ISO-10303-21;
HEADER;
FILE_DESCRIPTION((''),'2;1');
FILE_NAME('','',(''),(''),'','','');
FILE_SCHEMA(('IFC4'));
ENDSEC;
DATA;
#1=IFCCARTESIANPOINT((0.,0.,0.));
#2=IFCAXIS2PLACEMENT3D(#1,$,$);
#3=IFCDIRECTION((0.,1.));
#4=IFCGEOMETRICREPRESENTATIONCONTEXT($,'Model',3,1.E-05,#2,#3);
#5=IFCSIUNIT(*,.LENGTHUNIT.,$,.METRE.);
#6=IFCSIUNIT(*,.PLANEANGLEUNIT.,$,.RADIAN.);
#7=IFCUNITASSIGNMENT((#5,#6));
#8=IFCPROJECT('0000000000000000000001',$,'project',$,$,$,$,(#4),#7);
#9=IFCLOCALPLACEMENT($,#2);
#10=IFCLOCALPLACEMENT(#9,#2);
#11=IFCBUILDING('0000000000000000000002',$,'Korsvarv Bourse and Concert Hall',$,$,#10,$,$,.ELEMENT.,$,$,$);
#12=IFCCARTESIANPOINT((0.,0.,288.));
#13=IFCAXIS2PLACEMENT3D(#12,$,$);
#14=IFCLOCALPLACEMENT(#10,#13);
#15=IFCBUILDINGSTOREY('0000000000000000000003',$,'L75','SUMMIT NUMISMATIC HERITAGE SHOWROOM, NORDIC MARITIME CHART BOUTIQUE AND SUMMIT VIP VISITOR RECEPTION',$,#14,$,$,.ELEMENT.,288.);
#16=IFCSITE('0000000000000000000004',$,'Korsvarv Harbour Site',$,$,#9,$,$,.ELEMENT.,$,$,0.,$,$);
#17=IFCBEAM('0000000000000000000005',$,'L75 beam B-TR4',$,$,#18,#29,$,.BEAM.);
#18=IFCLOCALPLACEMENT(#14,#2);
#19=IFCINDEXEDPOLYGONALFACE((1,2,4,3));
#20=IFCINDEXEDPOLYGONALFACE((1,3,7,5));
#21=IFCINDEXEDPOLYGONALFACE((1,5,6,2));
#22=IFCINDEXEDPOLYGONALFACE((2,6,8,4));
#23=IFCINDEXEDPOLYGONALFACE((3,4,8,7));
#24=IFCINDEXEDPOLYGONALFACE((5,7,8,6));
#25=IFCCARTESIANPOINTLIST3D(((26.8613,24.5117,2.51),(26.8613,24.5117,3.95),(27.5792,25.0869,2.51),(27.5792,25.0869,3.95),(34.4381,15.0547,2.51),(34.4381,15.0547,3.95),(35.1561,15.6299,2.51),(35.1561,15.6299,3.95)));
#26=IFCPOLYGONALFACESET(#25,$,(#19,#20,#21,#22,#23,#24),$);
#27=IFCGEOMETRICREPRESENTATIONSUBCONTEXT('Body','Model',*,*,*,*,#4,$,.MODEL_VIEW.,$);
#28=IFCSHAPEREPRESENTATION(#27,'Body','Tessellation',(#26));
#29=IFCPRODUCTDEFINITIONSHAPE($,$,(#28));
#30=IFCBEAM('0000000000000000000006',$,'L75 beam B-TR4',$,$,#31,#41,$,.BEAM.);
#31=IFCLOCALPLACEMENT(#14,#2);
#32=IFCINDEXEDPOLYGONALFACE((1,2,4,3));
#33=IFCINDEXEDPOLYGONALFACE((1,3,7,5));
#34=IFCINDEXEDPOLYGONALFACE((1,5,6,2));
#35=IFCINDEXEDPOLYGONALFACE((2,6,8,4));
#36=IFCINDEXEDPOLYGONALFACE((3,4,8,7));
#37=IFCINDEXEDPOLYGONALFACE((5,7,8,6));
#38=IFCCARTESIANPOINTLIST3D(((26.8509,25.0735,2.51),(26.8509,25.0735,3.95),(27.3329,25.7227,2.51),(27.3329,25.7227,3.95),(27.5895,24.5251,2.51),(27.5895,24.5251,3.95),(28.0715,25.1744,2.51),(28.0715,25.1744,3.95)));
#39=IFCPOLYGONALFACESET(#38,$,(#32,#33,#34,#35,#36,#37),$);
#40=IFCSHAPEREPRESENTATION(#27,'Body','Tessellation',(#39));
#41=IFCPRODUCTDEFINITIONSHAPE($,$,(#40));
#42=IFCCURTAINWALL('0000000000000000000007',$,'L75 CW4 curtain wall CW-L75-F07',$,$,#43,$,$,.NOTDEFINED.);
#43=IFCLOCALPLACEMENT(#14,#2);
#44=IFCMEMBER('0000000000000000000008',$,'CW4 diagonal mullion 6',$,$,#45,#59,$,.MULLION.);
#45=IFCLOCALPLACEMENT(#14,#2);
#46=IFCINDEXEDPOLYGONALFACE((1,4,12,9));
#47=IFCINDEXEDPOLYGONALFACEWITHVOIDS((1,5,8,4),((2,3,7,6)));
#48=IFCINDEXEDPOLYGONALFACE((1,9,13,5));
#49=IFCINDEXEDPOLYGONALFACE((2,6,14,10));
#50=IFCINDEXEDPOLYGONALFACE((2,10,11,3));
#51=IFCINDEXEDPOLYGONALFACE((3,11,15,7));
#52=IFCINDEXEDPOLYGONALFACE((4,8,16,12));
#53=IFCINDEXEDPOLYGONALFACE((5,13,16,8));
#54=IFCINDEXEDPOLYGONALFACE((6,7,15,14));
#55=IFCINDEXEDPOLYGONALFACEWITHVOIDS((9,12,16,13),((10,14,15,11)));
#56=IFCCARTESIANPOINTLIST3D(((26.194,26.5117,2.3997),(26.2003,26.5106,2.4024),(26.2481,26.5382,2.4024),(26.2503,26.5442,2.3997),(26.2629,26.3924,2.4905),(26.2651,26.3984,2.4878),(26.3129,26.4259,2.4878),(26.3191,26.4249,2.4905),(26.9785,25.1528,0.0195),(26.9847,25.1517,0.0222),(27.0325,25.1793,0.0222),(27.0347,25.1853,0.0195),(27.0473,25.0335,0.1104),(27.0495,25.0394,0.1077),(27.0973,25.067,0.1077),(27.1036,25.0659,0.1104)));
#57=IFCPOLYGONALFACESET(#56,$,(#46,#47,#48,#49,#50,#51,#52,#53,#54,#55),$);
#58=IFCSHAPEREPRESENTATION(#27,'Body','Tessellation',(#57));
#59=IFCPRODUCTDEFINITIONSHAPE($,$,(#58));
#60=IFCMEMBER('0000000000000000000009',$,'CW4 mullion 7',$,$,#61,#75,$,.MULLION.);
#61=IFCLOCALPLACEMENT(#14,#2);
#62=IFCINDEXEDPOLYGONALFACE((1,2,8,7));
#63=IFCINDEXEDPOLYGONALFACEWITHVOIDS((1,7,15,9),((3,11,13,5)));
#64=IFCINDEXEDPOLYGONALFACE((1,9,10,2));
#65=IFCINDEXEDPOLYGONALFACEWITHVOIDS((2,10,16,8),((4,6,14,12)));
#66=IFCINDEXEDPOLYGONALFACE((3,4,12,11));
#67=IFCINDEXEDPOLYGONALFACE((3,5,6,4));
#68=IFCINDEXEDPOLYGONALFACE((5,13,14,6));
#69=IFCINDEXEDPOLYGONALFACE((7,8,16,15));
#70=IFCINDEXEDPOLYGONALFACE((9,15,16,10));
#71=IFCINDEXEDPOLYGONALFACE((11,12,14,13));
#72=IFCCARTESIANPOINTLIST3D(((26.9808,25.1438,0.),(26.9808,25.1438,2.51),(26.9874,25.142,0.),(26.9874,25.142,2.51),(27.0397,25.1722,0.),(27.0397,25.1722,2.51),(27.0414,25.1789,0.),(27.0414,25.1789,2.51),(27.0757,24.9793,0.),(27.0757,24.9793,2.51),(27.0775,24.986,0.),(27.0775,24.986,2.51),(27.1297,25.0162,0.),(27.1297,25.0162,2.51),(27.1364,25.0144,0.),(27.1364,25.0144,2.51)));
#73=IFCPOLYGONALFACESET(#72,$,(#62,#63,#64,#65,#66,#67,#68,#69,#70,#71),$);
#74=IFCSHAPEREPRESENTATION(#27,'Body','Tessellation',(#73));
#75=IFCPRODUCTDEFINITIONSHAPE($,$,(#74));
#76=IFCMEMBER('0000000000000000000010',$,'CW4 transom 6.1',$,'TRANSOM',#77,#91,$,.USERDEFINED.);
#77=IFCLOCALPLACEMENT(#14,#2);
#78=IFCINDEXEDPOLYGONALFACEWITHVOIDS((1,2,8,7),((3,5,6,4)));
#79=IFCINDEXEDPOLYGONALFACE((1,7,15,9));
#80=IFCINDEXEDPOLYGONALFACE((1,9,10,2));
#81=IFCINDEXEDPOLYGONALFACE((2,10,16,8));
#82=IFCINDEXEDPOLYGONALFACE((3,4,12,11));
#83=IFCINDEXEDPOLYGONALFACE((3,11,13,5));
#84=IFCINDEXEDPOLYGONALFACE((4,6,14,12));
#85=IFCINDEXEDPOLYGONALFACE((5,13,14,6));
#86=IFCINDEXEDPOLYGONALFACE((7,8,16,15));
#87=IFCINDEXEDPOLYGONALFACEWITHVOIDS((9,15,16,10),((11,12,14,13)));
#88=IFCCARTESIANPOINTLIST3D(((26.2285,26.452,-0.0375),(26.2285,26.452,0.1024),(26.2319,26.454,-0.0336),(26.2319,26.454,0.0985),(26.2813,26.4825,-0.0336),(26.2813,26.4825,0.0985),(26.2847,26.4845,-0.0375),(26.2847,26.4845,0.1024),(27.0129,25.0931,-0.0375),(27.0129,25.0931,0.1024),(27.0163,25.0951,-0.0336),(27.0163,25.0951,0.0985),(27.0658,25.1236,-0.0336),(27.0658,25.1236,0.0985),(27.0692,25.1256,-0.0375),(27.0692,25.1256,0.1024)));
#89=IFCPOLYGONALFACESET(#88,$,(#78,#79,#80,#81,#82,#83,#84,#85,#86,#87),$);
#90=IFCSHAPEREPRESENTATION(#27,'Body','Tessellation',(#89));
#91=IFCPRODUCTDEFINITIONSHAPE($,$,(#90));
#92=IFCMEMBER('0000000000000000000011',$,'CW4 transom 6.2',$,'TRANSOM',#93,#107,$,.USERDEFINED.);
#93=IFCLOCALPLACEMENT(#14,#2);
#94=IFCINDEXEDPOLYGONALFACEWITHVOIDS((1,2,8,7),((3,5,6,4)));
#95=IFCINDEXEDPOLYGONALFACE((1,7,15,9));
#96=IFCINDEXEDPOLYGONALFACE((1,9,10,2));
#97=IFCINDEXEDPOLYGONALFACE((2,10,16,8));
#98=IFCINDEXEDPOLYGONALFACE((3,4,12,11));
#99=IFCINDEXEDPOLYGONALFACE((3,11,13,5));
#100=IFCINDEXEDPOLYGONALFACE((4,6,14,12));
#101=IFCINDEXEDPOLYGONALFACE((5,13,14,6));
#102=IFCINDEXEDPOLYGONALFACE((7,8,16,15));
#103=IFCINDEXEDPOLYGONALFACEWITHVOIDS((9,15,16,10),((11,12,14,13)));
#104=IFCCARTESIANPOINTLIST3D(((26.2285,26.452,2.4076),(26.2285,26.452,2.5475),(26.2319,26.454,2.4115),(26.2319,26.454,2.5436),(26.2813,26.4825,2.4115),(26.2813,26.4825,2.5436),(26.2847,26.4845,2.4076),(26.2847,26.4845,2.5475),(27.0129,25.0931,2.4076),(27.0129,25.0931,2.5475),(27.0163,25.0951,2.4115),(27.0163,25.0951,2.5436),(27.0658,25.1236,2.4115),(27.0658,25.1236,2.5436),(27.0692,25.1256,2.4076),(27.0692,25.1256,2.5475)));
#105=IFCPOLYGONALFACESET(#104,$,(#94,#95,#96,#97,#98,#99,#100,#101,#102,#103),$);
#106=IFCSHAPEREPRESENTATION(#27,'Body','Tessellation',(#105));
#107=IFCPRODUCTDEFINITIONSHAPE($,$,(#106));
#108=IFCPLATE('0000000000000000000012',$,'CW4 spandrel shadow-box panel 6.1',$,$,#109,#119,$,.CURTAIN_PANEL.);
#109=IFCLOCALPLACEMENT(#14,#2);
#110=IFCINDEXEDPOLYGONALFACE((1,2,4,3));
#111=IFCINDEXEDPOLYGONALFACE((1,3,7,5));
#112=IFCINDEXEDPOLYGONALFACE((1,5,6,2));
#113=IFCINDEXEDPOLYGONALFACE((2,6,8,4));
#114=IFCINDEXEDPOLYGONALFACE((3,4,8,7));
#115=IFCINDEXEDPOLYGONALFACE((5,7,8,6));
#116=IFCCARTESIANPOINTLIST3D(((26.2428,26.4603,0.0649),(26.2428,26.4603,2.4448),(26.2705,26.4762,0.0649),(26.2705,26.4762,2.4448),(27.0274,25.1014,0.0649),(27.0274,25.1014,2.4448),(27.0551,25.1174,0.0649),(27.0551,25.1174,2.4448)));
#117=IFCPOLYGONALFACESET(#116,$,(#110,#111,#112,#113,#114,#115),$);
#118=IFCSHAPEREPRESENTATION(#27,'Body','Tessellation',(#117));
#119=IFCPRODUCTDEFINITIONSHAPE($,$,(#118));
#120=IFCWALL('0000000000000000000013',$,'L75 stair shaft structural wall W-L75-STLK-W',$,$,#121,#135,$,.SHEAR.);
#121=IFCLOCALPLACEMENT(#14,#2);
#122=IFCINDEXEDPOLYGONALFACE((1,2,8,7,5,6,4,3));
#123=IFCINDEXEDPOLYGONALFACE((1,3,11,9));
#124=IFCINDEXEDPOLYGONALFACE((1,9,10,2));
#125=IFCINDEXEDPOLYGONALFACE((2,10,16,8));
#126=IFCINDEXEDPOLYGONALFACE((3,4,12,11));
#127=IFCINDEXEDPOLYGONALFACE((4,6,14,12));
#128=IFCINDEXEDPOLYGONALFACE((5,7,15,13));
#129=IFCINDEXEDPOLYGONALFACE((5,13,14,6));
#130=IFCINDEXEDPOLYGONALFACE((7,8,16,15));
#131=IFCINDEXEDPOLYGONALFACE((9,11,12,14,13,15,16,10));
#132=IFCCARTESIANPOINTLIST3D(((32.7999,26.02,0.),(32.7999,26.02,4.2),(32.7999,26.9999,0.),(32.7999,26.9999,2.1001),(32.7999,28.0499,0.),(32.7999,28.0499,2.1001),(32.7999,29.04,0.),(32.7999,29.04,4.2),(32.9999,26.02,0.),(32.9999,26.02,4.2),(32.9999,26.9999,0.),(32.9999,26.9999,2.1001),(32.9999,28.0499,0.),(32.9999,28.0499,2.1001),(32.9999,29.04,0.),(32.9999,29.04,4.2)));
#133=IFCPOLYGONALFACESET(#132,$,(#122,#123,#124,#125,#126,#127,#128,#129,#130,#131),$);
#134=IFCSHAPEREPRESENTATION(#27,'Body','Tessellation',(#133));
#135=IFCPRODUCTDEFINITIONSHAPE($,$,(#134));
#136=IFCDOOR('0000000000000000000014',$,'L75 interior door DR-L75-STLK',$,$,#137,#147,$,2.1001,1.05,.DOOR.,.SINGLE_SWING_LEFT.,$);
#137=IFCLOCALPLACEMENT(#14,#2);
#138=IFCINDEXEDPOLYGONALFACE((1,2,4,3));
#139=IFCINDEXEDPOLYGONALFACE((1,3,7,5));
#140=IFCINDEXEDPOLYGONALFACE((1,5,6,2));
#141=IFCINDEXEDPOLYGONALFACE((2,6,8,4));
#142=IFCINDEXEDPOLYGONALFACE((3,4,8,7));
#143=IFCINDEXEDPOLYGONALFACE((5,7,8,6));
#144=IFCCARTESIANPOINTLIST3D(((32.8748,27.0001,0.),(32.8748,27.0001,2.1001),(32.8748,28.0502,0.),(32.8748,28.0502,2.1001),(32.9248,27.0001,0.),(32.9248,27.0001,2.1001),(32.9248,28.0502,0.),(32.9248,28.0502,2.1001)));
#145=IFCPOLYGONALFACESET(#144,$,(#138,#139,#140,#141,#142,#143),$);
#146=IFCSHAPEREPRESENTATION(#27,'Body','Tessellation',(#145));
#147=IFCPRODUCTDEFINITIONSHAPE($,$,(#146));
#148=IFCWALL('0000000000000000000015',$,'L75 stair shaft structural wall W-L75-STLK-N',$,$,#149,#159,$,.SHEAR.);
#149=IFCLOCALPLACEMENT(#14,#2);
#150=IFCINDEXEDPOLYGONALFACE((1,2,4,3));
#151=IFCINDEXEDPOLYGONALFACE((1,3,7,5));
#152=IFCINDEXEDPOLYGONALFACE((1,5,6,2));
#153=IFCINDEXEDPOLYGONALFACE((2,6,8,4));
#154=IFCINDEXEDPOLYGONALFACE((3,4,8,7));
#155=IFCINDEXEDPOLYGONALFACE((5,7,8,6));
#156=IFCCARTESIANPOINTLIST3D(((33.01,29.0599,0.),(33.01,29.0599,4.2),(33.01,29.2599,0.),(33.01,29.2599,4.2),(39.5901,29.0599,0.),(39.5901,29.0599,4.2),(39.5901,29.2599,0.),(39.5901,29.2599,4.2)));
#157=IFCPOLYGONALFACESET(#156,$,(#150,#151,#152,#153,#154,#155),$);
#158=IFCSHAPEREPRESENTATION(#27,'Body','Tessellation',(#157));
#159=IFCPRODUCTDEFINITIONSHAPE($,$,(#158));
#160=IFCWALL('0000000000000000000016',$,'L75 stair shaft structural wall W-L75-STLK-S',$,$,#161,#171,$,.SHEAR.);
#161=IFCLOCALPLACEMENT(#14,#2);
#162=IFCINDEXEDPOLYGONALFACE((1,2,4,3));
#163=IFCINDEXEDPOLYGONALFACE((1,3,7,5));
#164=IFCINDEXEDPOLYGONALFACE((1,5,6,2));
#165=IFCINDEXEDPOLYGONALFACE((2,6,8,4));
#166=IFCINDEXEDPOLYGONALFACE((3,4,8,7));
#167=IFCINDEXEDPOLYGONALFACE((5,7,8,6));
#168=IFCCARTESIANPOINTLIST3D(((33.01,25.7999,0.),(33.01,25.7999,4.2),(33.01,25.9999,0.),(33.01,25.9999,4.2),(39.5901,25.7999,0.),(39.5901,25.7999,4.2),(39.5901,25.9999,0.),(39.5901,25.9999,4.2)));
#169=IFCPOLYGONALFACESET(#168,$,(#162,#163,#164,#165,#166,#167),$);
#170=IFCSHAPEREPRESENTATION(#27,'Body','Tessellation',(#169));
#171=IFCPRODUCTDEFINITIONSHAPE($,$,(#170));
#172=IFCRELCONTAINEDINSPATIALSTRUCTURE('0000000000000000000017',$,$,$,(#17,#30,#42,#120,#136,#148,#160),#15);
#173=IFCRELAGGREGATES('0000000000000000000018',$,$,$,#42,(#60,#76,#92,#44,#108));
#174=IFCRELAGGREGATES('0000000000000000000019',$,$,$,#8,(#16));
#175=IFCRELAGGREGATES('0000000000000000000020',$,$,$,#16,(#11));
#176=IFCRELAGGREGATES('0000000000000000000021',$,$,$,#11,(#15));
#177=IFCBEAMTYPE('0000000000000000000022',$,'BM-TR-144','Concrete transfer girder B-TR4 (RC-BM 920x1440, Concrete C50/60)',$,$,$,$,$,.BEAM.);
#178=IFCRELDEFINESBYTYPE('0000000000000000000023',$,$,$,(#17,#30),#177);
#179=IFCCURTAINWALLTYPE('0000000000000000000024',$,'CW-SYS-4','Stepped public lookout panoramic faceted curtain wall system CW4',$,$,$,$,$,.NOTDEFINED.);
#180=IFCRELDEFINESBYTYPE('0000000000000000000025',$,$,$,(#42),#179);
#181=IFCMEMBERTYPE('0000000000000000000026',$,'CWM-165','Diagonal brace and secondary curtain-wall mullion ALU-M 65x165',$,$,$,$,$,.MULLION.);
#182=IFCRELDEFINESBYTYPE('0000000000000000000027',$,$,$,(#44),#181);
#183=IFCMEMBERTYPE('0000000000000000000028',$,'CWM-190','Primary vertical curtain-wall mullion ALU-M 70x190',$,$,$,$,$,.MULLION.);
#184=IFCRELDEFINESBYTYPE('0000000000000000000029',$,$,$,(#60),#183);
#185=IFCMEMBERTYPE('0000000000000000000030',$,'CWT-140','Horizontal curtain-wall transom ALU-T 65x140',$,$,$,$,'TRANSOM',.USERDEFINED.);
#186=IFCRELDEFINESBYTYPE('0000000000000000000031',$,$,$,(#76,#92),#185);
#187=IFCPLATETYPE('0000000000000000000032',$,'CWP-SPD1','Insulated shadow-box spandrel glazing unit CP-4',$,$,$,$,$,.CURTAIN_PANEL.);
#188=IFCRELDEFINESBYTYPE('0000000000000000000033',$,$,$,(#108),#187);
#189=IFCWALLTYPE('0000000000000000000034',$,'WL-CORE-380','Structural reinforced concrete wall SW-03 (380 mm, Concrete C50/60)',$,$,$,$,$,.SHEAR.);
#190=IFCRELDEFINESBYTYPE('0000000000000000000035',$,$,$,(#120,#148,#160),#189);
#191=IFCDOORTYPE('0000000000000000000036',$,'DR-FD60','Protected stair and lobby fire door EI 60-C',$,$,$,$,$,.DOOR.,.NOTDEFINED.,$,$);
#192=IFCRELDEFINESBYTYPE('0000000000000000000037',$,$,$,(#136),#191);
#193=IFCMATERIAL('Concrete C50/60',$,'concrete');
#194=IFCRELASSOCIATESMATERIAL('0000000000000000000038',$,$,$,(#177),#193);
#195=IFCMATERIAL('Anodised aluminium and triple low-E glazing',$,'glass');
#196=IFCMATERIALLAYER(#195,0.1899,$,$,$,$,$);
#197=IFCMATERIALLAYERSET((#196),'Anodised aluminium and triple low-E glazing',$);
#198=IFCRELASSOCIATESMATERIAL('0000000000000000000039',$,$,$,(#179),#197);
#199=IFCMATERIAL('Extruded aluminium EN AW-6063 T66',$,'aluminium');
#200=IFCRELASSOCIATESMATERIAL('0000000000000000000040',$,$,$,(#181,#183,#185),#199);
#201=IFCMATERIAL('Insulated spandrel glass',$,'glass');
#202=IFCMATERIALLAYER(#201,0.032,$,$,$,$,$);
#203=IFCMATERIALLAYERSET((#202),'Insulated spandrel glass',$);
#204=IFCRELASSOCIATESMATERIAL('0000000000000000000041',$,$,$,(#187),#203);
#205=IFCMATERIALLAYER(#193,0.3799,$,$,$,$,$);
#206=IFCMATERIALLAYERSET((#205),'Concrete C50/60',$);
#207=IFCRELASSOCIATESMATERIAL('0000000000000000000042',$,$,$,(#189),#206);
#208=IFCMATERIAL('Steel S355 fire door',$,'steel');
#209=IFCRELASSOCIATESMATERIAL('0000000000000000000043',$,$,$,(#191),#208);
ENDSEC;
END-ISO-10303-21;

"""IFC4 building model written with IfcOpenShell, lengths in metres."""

from ifc_helpers import new_model, si_unit, direction, frame, frame_2d, origin, origin_2d, place, context, subcontext, project, spatial, rectangle, hollow_rectangle, extrude, source, transform, mapped, material, layer, layer_set, material_profile, profile_set, type_object, element, fill, aggregate, save


model = new_model("IFC4")

# Units and contexts
model_context = context("Model", 3, precision=1e-05, world=origin(), true_north=direction((0.0, 1.0)))
body_context = subcontext(model_context, "Body", "Model", "MODEL_VIEW")
ifc_project = project(units=[si_unit("LENGTHUNIT", "METRE"), si_unit("PLANEANGLEUNIT", "RADIAN")], contexts=[model_context])

# Site, building, storey
site_placement = place(None, origin())
site = spatial("IfcSite", under=ifc_project, at=site_placement, Name="Korsvarv Harbour Site", CompositionType="ELEMENT", RefElevation=0.0)
building_placement = place(site_placement, origin())
building = spatial("IfcBuilding", under=site, at=building_placement, Name="Korsvarv Bourse and Concert Hall", CompositionType="ELEMENT")
storey_placement = place(building_placement, frame((0.0, 0.0, 288.0)))
storey = spatial("IfcBuildingStorey", under=building, at=storey_placement, Name="L75", Description="SUMMIT NUMISMATIC HERITAGE SHOWROOM, NORDIC MARITIME CHART BOUTIQUE AND SUMMIT VIP VISITOR RECEPTION", CompositionType="ELEMENT", Elevation=288.0)

# Beams
ifc_material_1 = material(Name="Concrete C50/60", Category="concrete")
ifc_material_profile_1 = material_profile(ifc_material_1, rectangle(XDim=0.9199, YDim=1.4399, at=origin_2d()), Name="RC-BM 920x1440")
ifc_profile_set_1 = profile_set([ifc_material_profile_1], Name="Concrete C50/60")
beam_type = type_object("IfcBeamType", Name="BM-TR-144", Description="Concrete transfer girder B-TR4 (RC-BM 920x1440, Concrete C50/60)", PredefinedType="BEAM", material=ifc_profile_set_1)
shared_shape_1 = source(origin(), body_context, "Body", "SweptSolid", [
    extrude(rectangle(XDim=0.9199, YDim=1.4399, at=origin_2d()), origin(), (0.0, 0.0, 1.0), 12.1179),
])
beam_1_placement = place(storey_placement, frame((27.2202, 24.7993, 3.23), z_axis=(0.625262, -0.780415, 0.0), x_axis=(0.780415, 0.625262, 0.0)))
element("IfcBeam", 1, at=beam_1_placement, inside=storey, type_object=beam_type, Name="L75 beam B-TR4", PredefinedType="BEAM", context=body_context, shape_type="MappedRepresentation", body=[
    mapped(shared_shape_1, transform((0.0, 0.0, 0.0), scale=1.0)),
])
shared_shape_2 = source(origin(), body_context, "Body", "SweptSolid", [
    extrude(rectangle(XDim=0.9199, YDim=1.4399, at=origin_2d()), origin(), (0.0, 0.0, 1.0), 0.8086),
])
beam_2_placement = place(storey_placement, frame((27.2202, 24.7993, 3.23), z_axis=(0.596079, 0.802926, 0.0), x_axis=(-0.802926, 0.596079, 0.0)))
element("IfcBeam", 2, at=beam_2_placement, inside=storey, type_object=beam_type, Name="L75 beam B-TR4", PredefinedType="BEAM", context=body_context, shape_type="MappedRepresentation", body=[
    mapped(shared_shape_2, transform((0.0, 0.0, 0.0), scale=1.0)),
])

# Curtain wall, members, plate
ifc_material_2 = material(Name="Anodised aluminium and triple low-E glazing", Category="glass")
ifc_layer_1 = layer(ifc_material_2, 0.1899)
ifc_layer_set_1 = layer_set([ifc_layer_1], Name="Anodised aluminium and triple low-E glazing")
curtain_wall_type = type_object("IfcCurtainWallType", Name="CW-SYS-4", Description="Stepped public lookout panoramic faceted curtain wall system CW4", PredefinedType="NOTDEFINED", material=ifc_layer_set_1)
curtain_wall_placement = place(storey_placement, origin())
curtain_wall = element("IfcCurtainWall", 3, at=curtain_wall_placement, inside=storey, type_object=curtain_wall_type, Name="L75 CW4 curtain wall CW-L75-F07", PredefinedType="NOTDEFINED")
ifc_material_3 = material(Name="Extruded aluminium EN AW-6063 T66", Category="aluminium")
ifc_material_profile_2 = material_profile(ifc_material_3, hollow_rectangle(XDim=0.0649, YDim=0.165, WallThickness=0.0049, at=origin_2d()), Name="ALU-M 65x165")
ifc_profile_set_2 = profile_set([ifc_material_profile_2], Name="Extruded aluminium EN AW-6063 T66")
member_type_1 = type_object("IfcMemberType", Name="CWM-165", Description="Diagonal brace and secondary curtain-wall mullion ALU-M 65x165", PredefinedType="MULLION", material=ifc_profile_set_2)
shared_shape_3 = source(origin(), body_context, "Body", "SweptSolid", [
    extrude(hollow_rectangle(XDim=0.0649, YDim=0.165, WallThickness=0.0049, at=origin_2d()), origin(), (0.0, 0.0, 1.0), 2.8508),
])
member_1_placement = place(storey_placement, frame((27.041, 25.1094, 0.0649), z_axis=(-0.275162, 0.476673, 0.834906), x_axis=(-0.866061, -0.499938, 0.0)))
member_1 = element("IfcMember", 4, at=member_1_placement, type_object=member_type_1, Name="CW4 diagonal mullion 6", PredefinedType="MULLION", context=body_context, shape_type="MappedRepresentation", body=[
    mapped(shared_shape_3, transform((0.0, 0.0, 0.0), scale=1.0)),
])
ifc_material_profile_3 = material_profile(ifc_material_3, hollow_rectangle(XDim=0.0701, YDim=0.1899, WallThickness=0.0049, at=origin_2d()), Name="ALU-M 70x190")
ifc_profile_set_3 = profile_set([ifc_material_profile_3], Name="Extruded aluminium EN AW-6063 T66")
member_type_2 = type_object("IfcMemberType", Name="CWM-190", Description="Primary vertical curtain-wall mullion ALU-M 70x190", PredefinedType="MULLION", material=ifc_profile_set_3)
shared_shape_4 = source(origin(), body_context, "Body", "SweptSolid", [
    extrude(hollow_rectangle(XDim=0.0701, YDim=0.1899, WallThickness=0.0049, at=origin_2d()), origin(), (0.0, 0.0, 1.0), 2.51),
])
member_2_placement = place(storey_placement, frame((27.0586, 25.0791, 0.0), z_axis=(0.0, 0.0, 1.0), x_axis=(0.866023, 0.500005, 0.0)))
member_2 = element("IfcMember", 5, at=member_2_placement, type_object=member_type_2, Name="CW4 mullion 7", PredefinedType="MULLION", context=body_context, shape_type="MappedRepresentation", body=[
    mapped(shared_shape_4, transform((0.0, 0.0, 0.0), scale=1.0)),
])
ifc_material_profile_4 = material_profile(ifc_material_3, hollow_rectangle(XDim=0.0649, YDim=0.1399, WallThickness=0.0039, at=origin_2d()), Name="ALU-T 65x140")
ifc_profile_set_4 = profile_set([ifc_material_profile_4], Name="Extruded aluminium EN AW-6063 T66")
member_type_3 = type_object("IfcMemberType", Name="CWT-140", Description="Horizontal curtain-wall transom ALU-T 65x140", ElementType="TRANSOM", PredefinedType="USERDEFINED", material=ifc_profile_set_4)
shared_shape_5 = source(origin(), body_context, "Body", "SweptSolid", [
    extrude(hollow_rectangle(XDim=0.0649, YDim=0.1399, WallThickness=0.0039, at=origin_2d()), origin(), (0.0, 0.0, 1.0), 1.5691),
])
member_3_placement = place(storey_placement, frame((26.2566, 26.4683, 0.0325), z_axis=(0.499938, -0.866061, 0.0), x_axis=(0.866061, 0.499938, 0.0)))
member_3 = element("IfcMember", 6, at=member_3_placement, type_object=member_type_3, Name="CW4 transom 6.1", ObjectType="TRANSOM", PredefinedType="USERDEFINED", context=body_context, shape_type="MappedRepresentation", body=[
    mapped(shared_shape_5, transform((0.0, 0.0, 0.0), scale=1.0)),
])
member_4_placement = place(storey_placement, frame((26.2566, 26.4683, 2.4775), z_axis=(0.499938, -0.866061, 0.0), x_axis=(0.866061, 0.499938, 0.0)))
member_4 = element("IfcMember", 7, at=member_4_placement, type_object=member_type_3, Name="CW4 transom 6.2", ObjectType="TRANSOM", PredefinedType="USERDEFINED", context=body_context, shape_type="MappedRepresentation", body=[
    mapped(shared_shape_5, transform((0.0, 0.0, 0.0), scale=1.0)),
])
ifc_material_4 = material(Name="Insulated spandrel glass", Category="glass")
ifc_layer_2 = layer(ifc_material_4, 0.032)
ifc_layer_set_2 = layer_set([ifc_layer_2], Name="Insulated spandrel glass")
plate_type = type_object("IfcPlateType", Name="CWP-SPD1", Description="Insulated shadow-box spandrel glazing unit CP-4", PredefinedType="CURTAIN_PANEL", material=ifc_layer_set_2)
shared_shape_6 = source(origin(), body_context, "Body", "SweptSolid", [
    extrude(rectangle(XDim=1.5691, YDim=0.032, at=origin_2d()), origin(), (0.0, 0.0, 1.0), 2.3799),
])
plate_placement = place(storey_placement, frame((26.6489, 25.7888, 0.0649), z_axis=(0.0, 0.0, 1.0), x_axis=(0.500005, -0.866023, 0.0)))
plate = element("IfcPlate", 8, at=plate_placement, type_object=plate_type, Name="CW4 spandrel shadow-box panel 6.1", PredefinedType="CURTAIN_PANEL", context=body_context, shape_type="MappedRepresentation", body=[
    mapped(shared_shape_6, transform((0.0, 0.0, 0.0), scale=1.0)),
])
aggregate(curtain_wall, [member_2, member_3, member_4, member_1, plate])

# Wall, opening, door
ifc_layer_3 = layer(ifc_material_1, 0.3799)
ifc_layer_set_3 = layer_set([ifc_layer_3], Name="Concrete C50/60")
wall_type_1 = type_object("IfcWallType", Name="WL-CORE-380", Description="Structural reinforced concrete wall SW-03 (380 mm, Concrete C50/60)", PredefinedType="SHEAR", material=ifc_layer_set_3)
wall_1_placement = place(storey_placement, frame((32.8999, 26.02, 0.0), z_axis=(0.0, 0.0, 1.0), x_axis=(0.0, 1.0, 0.0)))
wall_1 = element("IfcWall", 9, at=wall_1_placement, inside=storey, type_object=wall_type_1, Name="L75 stair shaft structural wall W-L75-STLK-W", PredefinedType="SHEAR", context=body_context, shape_type="SweptSolid", body=[
    extrude(rectangle(XDim=3.02, YDim=0.2, at=frame_2d((1.51, 0.0))), origin(), (0.0, 0.0, 1.0), 4.2),
])
opening_1_placement = place(wall_1_placement, frame((0.98, 0.0, 0.0)))
opening_1 = element("IfcOpeningElement", 10, at=opening_1_placement, cuts=wall_1, PredefinedType="OPENING", context=body_context, shape_type="SweptSolid", body=[
    extrude(rectangle(XDim=1.05, YDim=2.1001, at=frame_2d((0.5249, 1.05))), frame((0.0, 0.1099, 0.0), z_axis=(0.0, -1.0, 0.0), x_axis=(1.0, 0.0, 0.0)), (0.0, 0.0, 1.0), 0.22),
])
ifc_material_5 = material(Name="Steel S355 fire door", Category="steel")
door_type_1 = type_object("IfcDoorType", Name="DR-FD60", Description="Protected stair and lobby fire door EI 60-C", OperationType="NOTDEFINED", PredefinedType="DOOR", material=ifc_material_5)
door_1_placement = place(opening_1_placement, frame((1.05, 0.0, 0.0), z_axis=(0.0, 0.0, 1.0), x_axis=(-1.0, 0.0, 0.0)))
door_1 = element("IfcDoor", 11, at=door_1_placement, inside=storey, type_object=door_type_1, Name="L75 interior door DR-L75-STLK", OperationType="SINGLE_SWING_LEFT", OverallHeight=2.1001, OverallWidth=1.05, PredefinedType="DOOR", context=body_context, shape_type="SweptSolid", body=[
    extrude(rectangle(XDim=1.05, YDim=2.1001, at=frame_2d((0.5249, 1.05))), frame((0.0, 0.0249, 0.0), z_axis=(0.0, -1.0, 0.0), x_axis=(1.0, 0.0, 0.0)), (0.0, 0.0, 1.0), 0.05),
])
fill(opening_1, door_1)

# Walls
for number, where, z_axis, x_axis, name in (
    (12, (33.01, 29.1599, 0.0), (0.0, 0.0, 1.0), (1.0, 0.0, 0.0), "L75 stair shaft structural wall W-L75-STLK-N"),
    (13, (33.01, 25.8999, 0.0), (0.0, 0.0, 1.0), (1.0, 0.0, 0.0), "L75 stair shaft structural wall W-L75-STLK-S"),
):
    element("IfcWall", number, at=place(storey_placement, frame(where, z_axis=z_axis, x_axis=x_axis)), inside=storey, type_object=wall_type_1, Name=name, PredefinedType="SHEAR", context=body_context, shape_type="SweptSolid", body=[
        extrude(rectangle(XDim=6.5801, YDim=0.2, at=frame_2d((3.29, 0.0))), origin(), (0.0, 0.0, 1.0), 4.2),
    ])

save(model, "model.ifc")
